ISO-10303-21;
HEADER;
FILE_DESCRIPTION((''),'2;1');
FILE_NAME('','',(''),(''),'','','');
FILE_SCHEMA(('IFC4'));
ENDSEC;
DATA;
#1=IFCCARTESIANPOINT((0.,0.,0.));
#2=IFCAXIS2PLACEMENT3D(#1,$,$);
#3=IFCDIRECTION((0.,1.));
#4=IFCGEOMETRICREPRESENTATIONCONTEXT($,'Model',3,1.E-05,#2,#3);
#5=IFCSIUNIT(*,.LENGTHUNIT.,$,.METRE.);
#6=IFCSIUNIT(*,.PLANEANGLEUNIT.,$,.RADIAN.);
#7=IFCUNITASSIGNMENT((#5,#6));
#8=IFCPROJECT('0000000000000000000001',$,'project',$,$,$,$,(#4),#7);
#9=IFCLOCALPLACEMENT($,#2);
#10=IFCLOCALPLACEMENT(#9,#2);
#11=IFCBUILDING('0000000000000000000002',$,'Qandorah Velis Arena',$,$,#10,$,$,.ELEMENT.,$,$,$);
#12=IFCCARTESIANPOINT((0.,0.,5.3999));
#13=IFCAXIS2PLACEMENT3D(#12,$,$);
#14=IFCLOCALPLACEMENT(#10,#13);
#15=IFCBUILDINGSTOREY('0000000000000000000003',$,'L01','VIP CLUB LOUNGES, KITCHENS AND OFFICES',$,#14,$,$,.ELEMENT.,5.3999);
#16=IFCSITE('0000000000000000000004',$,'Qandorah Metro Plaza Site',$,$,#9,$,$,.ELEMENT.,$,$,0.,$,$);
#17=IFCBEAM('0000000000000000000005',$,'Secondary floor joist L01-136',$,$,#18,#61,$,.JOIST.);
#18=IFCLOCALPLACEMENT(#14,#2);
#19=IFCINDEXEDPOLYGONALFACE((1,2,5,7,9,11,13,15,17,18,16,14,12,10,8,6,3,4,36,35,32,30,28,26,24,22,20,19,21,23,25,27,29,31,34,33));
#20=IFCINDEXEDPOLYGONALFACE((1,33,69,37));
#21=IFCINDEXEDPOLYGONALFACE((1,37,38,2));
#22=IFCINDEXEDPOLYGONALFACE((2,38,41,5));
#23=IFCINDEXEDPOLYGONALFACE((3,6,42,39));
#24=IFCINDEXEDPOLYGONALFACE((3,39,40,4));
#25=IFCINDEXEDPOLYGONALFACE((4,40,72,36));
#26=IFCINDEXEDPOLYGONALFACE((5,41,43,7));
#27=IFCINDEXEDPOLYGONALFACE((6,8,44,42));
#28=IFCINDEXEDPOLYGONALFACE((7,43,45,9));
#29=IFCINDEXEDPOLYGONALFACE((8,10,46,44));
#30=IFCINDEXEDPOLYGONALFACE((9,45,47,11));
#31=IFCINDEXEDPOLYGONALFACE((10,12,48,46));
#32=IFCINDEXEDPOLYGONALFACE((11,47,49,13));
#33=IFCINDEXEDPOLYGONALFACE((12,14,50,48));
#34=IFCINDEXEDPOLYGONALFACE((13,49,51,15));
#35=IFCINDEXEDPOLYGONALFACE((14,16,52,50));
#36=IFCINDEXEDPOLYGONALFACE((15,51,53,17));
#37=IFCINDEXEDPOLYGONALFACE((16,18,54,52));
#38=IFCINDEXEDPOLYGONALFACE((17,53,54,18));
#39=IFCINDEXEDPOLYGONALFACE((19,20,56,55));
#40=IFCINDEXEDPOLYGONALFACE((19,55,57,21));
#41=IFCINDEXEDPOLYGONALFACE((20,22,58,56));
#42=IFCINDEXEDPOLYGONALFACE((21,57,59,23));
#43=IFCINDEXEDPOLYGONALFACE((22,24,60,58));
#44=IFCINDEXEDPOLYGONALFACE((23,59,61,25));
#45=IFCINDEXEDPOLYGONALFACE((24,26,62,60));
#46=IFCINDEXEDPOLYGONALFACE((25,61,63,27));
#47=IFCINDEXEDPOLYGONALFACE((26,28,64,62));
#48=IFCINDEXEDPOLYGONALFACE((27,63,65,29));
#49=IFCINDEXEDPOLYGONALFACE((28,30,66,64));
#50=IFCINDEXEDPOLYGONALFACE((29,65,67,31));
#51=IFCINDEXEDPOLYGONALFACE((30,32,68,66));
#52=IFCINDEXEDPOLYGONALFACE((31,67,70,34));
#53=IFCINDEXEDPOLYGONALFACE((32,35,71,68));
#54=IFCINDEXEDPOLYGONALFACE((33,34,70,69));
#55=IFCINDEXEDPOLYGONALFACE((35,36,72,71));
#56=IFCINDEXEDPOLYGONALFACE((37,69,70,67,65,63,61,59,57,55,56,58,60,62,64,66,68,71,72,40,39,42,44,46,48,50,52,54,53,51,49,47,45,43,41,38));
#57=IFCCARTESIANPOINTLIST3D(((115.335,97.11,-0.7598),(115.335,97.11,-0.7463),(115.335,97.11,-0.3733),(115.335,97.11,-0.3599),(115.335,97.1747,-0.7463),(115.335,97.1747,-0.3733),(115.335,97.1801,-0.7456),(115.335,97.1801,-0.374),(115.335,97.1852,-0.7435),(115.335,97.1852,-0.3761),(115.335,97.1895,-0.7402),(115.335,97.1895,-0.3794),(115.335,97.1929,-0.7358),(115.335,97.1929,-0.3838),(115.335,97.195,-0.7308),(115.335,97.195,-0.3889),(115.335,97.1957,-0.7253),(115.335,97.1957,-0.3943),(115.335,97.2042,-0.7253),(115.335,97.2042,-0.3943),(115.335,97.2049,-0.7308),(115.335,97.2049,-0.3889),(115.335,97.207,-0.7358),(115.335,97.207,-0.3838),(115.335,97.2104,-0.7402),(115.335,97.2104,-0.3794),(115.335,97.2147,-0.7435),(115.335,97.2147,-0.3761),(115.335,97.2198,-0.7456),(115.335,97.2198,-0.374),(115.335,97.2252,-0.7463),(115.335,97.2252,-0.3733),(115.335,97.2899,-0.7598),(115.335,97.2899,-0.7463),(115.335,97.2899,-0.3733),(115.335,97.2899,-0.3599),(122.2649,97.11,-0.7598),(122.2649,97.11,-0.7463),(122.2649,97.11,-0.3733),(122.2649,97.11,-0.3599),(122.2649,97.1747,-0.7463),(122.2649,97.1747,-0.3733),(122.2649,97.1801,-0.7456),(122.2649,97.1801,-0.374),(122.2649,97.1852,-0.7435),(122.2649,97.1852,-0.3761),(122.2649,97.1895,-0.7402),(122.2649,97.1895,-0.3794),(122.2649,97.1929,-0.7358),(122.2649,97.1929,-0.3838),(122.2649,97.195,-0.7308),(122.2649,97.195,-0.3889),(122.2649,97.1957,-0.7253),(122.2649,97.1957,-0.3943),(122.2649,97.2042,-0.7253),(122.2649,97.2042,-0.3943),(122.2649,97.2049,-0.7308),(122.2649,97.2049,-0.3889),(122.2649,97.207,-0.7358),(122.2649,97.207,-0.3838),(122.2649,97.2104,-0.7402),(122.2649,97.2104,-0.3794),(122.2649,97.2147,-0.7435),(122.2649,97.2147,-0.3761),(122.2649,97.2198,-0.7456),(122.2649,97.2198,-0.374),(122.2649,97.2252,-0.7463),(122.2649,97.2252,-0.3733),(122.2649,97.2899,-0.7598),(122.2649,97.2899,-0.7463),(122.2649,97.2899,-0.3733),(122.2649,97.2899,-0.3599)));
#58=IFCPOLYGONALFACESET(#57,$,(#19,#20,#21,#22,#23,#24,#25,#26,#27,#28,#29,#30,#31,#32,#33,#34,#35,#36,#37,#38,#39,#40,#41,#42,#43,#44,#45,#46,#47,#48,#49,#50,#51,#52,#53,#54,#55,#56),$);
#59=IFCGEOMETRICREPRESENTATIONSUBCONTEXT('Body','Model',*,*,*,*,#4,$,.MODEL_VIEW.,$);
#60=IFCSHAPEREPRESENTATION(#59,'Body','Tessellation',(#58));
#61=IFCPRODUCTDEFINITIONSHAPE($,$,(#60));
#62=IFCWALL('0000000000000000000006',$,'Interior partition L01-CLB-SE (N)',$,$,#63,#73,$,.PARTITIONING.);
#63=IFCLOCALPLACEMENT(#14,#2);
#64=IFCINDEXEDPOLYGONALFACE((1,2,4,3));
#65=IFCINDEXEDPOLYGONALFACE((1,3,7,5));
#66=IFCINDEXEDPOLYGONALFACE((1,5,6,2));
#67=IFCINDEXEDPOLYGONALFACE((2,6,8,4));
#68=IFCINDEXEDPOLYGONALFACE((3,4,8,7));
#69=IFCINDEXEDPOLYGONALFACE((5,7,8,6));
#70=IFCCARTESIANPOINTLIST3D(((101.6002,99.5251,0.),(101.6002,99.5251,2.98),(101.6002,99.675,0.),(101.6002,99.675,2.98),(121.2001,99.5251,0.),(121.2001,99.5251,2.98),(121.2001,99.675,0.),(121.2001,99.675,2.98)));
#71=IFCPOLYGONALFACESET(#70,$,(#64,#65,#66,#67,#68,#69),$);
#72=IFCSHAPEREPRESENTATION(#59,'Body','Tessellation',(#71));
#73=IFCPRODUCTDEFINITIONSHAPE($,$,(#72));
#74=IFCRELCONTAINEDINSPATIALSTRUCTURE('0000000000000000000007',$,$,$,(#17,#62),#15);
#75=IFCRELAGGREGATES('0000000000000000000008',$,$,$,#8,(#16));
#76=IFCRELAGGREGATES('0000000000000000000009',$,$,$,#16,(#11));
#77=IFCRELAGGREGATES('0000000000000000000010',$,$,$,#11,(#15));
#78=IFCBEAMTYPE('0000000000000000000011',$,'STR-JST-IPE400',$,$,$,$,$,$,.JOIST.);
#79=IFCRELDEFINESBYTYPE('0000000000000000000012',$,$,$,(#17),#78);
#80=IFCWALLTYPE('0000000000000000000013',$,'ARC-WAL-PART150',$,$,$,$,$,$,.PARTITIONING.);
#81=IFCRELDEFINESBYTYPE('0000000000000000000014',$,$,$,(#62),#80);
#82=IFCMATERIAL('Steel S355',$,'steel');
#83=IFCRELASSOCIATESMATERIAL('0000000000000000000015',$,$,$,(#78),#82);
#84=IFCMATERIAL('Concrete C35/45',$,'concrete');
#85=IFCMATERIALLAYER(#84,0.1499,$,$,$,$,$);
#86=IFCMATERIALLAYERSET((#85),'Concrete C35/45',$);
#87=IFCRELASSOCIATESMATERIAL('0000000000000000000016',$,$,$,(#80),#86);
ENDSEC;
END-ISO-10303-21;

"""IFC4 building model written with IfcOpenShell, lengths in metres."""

from ifc_helpers import new_model, si_unit, direction, frame, frame_2d, origin, origin_2d, place, context, subcontext, project, spatial, rectangle, i_section, extrude, material, layer, layer_set, material_profile, profile_set, type_object, element, save


model = new_model("IFC4")

# Units and contexts
model_context = context("Model", 3, precision=1e-05, world=origin(), true_north=direction((0.0, 1.0)))
body_context = subcontext(model_context, "Body", "Model", "MODEL_VIEW")
ifc_project = project(units=[si_unit("LENGTHUNIT", "METRE"), si_unit("PLANEANGLEUNIT", "RADIAN")], contexts=[model_context])

# Site, building, storey
site_placement = place(None, origin())
site = spatial("IfcSite", under=ifc_project, at=site_placement, Name="Qandorah Metro Plaza Site", CompositionType="ELEMENT", RefElevation=0.0)
building_placement = place(site_placement, origin())
building = spatial("IfcBuilding", under=site, at=building_placement, Name="Qandorah Velis Arena", CompositionType="ELEMENT")
storey_placement = place(building_placement, frame((0.0, 0.0, 5.3999)))
storey = spatial("IfcBuildingStorey", under=building, at=storey_placement, Name="L01", Description="VIP CLUB LOUNGES, KITCHENS AND OFFICES", CompositionType="ELEMENT", Elevation=5.3999)

# Beam
ifc_material_1 = material(Name="Steel S355", Category="steel")
ifc_material_profile_1 = material_profile(ifc_material_1, i_section(OverallWidth=0.1799, OverallDepth=0.3999, WebThickness=0.0085, FlangeThickness=0.0134, FilletRadius=0.021, at=origin_2d()), Name="IPE 400")
ifc_profile_set_1 = profile_set([ifc_material_profile_1], Name="Steel S355")
beam_type_1 = type_object("IfcBeamType", Name="STR-JST-IPE400", PredefinedType="JOIST", material=ifc_profile_set_1)
for number, where, z_axis, x_axis, name in (
    (1, (115.335, 97.2, -0.5598), (1.0, 0.0, 0.0), (0.0, 1.0, 0.0), "Secondary floor joist L01-136"),
):
    element("IfcBeam", number, at=place(storey_placement, frame(where, z_axis=z_axis, x_axis=x_axis)), inside=storey, type_object=beam_type_1, Name=name, PredefinedType="JOIST", context=body_context, shape_type="SweptSolid", body=[
        extrude(i_section(OverallWidth=0.1799, OverallDepth=0.3999, WebThickness=0.0085, FlangeThickness=0.0134, FilletRadius=0.021, at=origin_2d()), origin(), (0.0, 0.0, 1.0), 6.9299),
    ])

# Wall
ifc_material_2 = material(Name="Concrete C35/45", Category="concrete")
ifc_layer = layer(ifc_material_2, 0.1499)
ifc_layer_set = layer_set([ifc_layer], Name="Concrete C35/45")
wall_type = type_object("IfcWallType", Name="ARC-WAL-PART150", PredefinedType="PARTITIONING", material=ifc_layer_set)
wall_placement = place(storey_placement, frame((121.2, 99.6001, 0.0), z_axis=(0.0, 0.0, 1.0), x_axis=(-1.0, 0.0, 0.0)))
element("IfcWall", 2, at=wall_placement, inside=storey, type_object=wall_type, Name="Interior partition L01-CLB-SE (N)", PredefinedType="PARTITIONING", context=body_context, shape_type="SweptSolid", body=[
    extrude(rectangle(XDim=19.5999, YDim=0.1499, at=frame_2d((9.7998, 0.0))), origin(), (0.0, 0.0, 1.0), 2.98),
])

save(model, "model.ifc")
